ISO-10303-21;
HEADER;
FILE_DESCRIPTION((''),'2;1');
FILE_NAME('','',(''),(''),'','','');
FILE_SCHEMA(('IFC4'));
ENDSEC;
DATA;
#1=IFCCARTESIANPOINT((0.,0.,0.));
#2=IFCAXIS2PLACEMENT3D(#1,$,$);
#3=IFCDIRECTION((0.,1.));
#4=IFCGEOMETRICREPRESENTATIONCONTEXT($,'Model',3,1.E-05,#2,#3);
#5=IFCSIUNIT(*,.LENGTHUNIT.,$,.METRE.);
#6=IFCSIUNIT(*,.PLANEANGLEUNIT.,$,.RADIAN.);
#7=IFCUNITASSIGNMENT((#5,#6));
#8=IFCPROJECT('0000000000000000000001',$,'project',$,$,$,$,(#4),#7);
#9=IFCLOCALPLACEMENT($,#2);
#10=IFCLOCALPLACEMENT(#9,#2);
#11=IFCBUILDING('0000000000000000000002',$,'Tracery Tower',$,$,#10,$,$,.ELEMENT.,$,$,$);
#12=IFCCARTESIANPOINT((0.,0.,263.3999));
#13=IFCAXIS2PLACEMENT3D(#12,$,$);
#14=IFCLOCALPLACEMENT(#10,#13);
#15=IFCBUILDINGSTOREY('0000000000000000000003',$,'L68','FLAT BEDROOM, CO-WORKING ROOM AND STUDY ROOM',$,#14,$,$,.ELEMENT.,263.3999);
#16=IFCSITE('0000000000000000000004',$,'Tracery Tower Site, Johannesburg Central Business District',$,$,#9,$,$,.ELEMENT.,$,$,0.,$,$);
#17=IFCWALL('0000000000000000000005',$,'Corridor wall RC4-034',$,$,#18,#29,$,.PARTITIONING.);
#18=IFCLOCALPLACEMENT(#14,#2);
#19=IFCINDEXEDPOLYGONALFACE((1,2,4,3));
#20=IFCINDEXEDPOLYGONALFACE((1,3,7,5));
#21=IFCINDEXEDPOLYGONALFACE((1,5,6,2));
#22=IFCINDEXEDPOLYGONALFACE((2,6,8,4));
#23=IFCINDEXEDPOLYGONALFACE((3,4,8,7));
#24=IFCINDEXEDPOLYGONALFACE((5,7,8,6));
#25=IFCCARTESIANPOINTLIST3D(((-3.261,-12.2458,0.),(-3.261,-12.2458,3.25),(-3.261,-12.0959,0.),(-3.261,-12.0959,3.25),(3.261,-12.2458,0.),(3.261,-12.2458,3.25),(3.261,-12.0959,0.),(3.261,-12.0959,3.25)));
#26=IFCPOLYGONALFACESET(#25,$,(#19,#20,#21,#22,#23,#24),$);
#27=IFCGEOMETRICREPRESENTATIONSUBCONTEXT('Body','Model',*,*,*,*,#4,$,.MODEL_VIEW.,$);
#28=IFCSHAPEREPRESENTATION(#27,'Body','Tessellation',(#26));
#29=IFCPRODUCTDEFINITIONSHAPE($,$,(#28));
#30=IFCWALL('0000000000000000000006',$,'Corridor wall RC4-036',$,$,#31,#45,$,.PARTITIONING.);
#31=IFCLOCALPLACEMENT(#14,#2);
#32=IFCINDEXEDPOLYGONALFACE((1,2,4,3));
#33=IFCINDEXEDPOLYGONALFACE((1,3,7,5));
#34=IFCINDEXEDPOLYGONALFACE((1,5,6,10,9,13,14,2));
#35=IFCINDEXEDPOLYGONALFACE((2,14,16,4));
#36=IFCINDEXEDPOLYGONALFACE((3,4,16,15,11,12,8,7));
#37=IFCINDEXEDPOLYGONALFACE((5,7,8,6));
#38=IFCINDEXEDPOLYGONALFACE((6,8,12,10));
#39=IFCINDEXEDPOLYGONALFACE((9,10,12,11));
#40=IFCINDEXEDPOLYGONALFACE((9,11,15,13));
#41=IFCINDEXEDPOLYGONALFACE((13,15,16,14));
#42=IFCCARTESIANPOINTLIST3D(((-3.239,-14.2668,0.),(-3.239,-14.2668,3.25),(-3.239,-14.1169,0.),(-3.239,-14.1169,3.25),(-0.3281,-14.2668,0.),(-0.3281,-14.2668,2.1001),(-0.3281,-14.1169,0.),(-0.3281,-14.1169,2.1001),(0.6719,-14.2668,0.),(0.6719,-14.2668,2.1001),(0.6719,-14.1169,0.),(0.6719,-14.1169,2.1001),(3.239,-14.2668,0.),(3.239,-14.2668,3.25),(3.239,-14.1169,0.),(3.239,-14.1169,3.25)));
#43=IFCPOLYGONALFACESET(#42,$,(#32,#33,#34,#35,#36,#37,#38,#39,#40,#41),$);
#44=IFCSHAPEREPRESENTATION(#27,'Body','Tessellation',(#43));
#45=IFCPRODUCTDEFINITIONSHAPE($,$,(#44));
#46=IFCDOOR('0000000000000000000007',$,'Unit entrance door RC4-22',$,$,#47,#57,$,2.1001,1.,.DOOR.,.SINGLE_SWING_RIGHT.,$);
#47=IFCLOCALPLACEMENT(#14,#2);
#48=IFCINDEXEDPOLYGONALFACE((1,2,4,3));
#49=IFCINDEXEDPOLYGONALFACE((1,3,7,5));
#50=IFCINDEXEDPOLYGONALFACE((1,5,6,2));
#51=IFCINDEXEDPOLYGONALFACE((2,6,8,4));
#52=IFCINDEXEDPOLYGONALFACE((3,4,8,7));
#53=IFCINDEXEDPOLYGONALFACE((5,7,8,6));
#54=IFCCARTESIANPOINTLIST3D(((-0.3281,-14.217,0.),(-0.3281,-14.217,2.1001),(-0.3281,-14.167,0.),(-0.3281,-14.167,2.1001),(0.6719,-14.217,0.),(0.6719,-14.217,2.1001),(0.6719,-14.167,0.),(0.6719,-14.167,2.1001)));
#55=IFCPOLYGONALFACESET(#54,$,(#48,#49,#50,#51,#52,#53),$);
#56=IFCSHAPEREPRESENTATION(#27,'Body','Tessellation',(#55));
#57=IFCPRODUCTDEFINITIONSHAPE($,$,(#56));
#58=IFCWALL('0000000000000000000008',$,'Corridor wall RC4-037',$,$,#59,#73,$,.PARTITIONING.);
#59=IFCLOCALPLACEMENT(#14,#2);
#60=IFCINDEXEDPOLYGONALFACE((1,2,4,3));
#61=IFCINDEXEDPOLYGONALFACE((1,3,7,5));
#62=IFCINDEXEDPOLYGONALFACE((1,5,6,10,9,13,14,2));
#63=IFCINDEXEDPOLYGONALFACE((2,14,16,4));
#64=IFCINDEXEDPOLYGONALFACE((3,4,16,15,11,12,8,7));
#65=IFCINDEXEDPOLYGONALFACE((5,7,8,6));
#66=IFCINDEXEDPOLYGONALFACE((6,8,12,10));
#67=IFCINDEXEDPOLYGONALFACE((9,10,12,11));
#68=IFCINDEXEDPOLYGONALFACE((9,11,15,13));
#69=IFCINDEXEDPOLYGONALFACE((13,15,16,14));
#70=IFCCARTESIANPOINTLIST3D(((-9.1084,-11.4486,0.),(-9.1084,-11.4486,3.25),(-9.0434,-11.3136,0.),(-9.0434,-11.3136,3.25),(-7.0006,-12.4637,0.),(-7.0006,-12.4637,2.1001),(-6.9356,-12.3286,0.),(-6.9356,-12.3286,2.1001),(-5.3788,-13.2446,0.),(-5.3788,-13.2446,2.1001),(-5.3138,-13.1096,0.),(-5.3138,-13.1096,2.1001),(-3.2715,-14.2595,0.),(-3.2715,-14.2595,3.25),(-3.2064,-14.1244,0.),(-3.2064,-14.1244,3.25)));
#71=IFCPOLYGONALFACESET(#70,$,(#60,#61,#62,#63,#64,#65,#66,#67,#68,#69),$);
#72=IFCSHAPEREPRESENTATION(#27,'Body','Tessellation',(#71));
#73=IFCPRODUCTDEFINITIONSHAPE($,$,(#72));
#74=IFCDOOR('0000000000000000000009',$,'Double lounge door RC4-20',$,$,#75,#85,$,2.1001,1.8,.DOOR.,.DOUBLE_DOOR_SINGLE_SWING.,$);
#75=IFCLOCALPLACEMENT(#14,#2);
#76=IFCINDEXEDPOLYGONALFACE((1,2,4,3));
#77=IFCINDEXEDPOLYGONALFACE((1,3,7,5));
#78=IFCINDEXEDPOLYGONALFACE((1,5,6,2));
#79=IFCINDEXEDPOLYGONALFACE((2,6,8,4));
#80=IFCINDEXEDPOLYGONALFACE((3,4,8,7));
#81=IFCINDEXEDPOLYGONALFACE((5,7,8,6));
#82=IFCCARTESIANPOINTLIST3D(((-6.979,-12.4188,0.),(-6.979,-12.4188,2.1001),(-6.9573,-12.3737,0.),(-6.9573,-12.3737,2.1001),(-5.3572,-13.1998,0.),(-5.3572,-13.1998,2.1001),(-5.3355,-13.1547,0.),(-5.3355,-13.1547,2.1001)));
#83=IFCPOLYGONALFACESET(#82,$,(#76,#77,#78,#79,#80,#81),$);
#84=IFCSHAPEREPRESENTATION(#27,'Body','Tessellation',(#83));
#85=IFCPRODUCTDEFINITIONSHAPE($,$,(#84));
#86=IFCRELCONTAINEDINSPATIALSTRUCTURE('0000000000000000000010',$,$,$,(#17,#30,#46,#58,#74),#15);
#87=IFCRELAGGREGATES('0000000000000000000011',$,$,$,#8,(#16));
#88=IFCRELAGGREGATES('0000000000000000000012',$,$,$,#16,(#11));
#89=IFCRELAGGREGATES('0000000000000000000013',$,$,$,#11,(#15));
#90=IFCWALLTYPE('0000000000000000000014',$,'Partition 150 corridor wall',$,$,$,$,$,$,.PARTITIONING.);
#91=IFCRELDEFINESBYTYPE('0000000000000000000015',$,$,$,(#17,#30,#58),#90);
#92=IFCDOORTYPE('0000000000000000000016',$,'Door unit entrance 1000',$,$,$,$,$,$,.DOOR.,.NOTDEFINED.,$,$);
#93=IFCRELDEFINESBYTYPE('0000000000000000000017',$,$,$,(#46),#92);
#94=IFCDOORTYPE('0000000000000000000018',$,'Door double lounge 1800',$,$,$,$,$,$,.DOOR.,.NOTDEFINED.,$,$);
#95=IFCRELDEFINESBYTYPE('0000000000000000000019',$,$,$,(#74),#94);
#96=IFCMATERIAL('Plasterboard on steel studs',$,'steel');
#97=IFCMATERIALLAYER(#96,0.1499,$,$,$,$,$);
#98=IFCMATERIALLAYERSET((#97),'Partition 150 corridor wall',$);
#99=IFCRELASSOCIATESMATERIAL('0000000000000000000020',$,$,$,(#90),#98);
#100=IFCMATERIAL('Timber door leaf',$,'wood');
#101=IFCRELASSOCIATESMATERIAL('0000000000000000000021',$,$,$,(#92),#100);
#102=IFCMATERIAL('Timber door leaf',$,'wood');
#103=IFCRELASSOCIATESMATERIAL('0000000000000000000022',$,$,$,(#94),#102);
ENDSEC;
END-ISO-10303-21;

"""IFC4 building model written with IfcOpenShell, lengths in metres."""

from ifc_helpers import new_model, si_unit, direction, frame, frame_2d, origin, place, context, subcontext, project, spatial, rectangle, extrude, material, layer, layer_set, type_object, element, fill, save


model = new_model("IFC4")

# Units and contexts
model_context = context("Model", 3, precision=1e-05, world=origin(), true_north=direction((0.0, 1.0)))
body_context = subcontext(model_context, "Body", "Model", "MODEL_VIEW")
ifc_project = project(units=[si_unit("LENGTHUNIT", "METRE"), si_unit("PLANEANGLEUNIT", "RADIAN")], contexts=[model_context])

# Site, building, storey
site_placement = place(None, origin())
site = spatial("IfcSite", under=ifc_project, at=site_placement, Name="Tracery Tower Site, Johannesburg Central Business District", CompositionType="ELEMENT", RefElevation=0.0)
building_placement = place(site_placement, origin())
building = spatial("IfcBuilding", under=site, at=building_placement, Name="Tracery Tower", CompositionType="ELEMENT")
storey_placement = place(building_placement, frame((0.0, 0.0, 263.3999)))
storey = spatial("IfcBuildingStorey", under=building, at=storey_placement, Name="L68", Description="FLAT BEDROOM, CO-WORKING ROOM AND STUDY ROOM", CompositionType="ELEMENT", Elevation=263.3999)

# Shared definitions
ifc_material_1 = material(Name="Plasterboard on steel studs", Category="steel")
ifc_layer_1 = layer(ifc_material_1, 0.1499)
ifc_layer_set_1 = layer_set([ifc_layer_1], Name="Partition 150 corridor wall")
wall_type_1 = type_object("IfcWallType", Name="Partition 150 corridor wall", PredefinedType="PARTITIONING", material=ifc_layer_set_1)

# Wall
wall_1_placement = place(storey_placement, frame((-3.261, -12.1709, 0.0), z_axis=(0.0, 0.0, 1.0), x_axis=(1.0, 0.0, 0.0)))
element("IfcWall", 1, at=wall_1_placement, inside=storey, type_object=wall_type_1, Name="Corridor wall RC4-034", PredefinedType="PARTITIONING", context=body_context, shape_type="SweptSolid", body=[
    extrude(rectangle(XDim=6.522, YDim=0.1499, at=frame_2d((3.261, 0.0))), origin(), (0.0, 0.0, 1.0), 3.25),
])

# Walls, openings, doors
wall_2_placement = place(storey_placement, frame((-3.239, -14.1919, 0.0), z_axis=(0.0, 0.0, 1.0), x_axis=(1.0, 0.0, 0.0)))
wall_2 = element("IfcWall", 2, at=wall_2_placement, inside=storey, type_object=wall_type_1, Name="Corridor wall RC4-036", PredefinedType="PARTITIONING", context=body_context, shape_type="SweptSolid", body=[
    extrude(rectangle(XDim=6.478, YDim=0.1499, at=frame_2d((3.239, 0.0))), origin(), (0.0, 0.0, 1.0), 3.25),
])
opening_1_placement = place(wall_2_placement, frame((2.9109, 0.0, 0.0)))
opening_1 = element("IfcOpeningElement", 3, at=opening_1_placement, cuts=wall_2, PredefinedType="OPENING", context=body_context, shape_type="SweptSolid", body=[
    extrude(rectangle(XDim=1.0, YDim=2.1001, at=frame_2d((0.5, 1.05))), frame((0.0, 0.075, 0.0), z_axis=(0.0, -1.0, 0.0), x_axis=(1.0, 0.0, 0.0)), (0.0, 0.0, 1.0), 0.1499),
])
ifc_material_2 = material(Name="Timber door leaf", Category="wood")
door_type_1 = type_object("IfcDoorType", Name="Door unit entrance 1000", OperationType="NOTDEFINED", PredefinedType="DOOR", material=ifc_material_2)
door_1_placement = place(opening_1_placement, origin())
door_1 = element("IfcDoor", 4, at=door_1_placement, inside=storey, type_object=door_type_1, Name="Unit entrance door RC4-22", OperationType="SINGLE_SWING_RIGHT", OverallHeight=2.1001, OverallWidth=1.0, PredefinedType="DOOR", context=body_context, shape_type="SweptSolid", body=[
    extrude(rectangle(XDim=1.0, YDim=2.1001, at=frame_2d((0.5, 1.05))), frame((0.0, 0.0249, 0.0), z_axis=(0.0, -1.0, 0.0), x_axis=(1.0, 0.0, 0.0)), (0.0, 0.0, 1.0), 0.05),
])
fill(opening_1, door_1)
wall_3_placement = place(storey_placement, frame((-9.0759, -11.3811, 0.0), z_axis=(0.0, 0.0, 1.0), x_axis=(0.900976, -0.433869, 0.0)))
wall_3 = element("IfcWall", 5, at=wall_3_placement, inside=storey, type_object=wall_type_1, Name="Corridor wall RC4-037", PredefinedType="PARTITIONING", context=body_context, shape_type="SweptSolid", body=[
    extrude(rectangle(XDim=6.4785, YDim=0.1499, at=frame_2d((3.2393, 0.0))), origin(), (0.0, 0.0, 1.0), 3.25),
])
opening_2_placement = place(wall_3_placement, frame((2.3396, 0.0, 0.0)))
opening_2 = element("IfcOpeningElement", 6, at=opening_2_placement, cuts=wall_3, PredefinedType="OPENING", context=body_context, shape_type="SweptSolid", body=[
    extrude(rectangle(XDim=1.8, YDim=2.1001, at=frame_2d((0.8999, 1.05))), frame((0.0, 0.075, 0.0), z_axis=(0.0, -1.0, 0.0), x_axis=(1.0, 0.0, 0.0)), (0.0, 0.0, 1.0), 0.1499),
])
ifc_material_3 = material(Name="Timber door leaf", Category="wood")
door_type_2 = type_object("IfcDoorType", Name="Door double lounge 1800", OperationType="NOTDEFINED", PredefinedType="DOOR", material=ifc_material_3)
door_2_placement = place(opening_2_placement, origin())
door_2 = element("IfcDoor", 7, at=door_2_placement, inside=storey, type_object=door_type_2, Name="Double lounge door RC4-20", OperationType="DOUBLE_DOOR_SINGLE_SWING", OverallHeight=2.1001, OverallWidth=1.8, PredefinedType="DOOR", context=body_context, shape_type="SweptSolid", body=[
    extrude(rectangle(XDim=1.8, YDim=2.1001, at=frame_2d((0.8999, 1.05))), frame((0.0, 0.0249, 0.0), z_axis=(0.0, -1.0, 0.0), x_axis=(1.0, 0.0, 0.0)), (0.0, 0.0, 1.0), 0.05),
])
fill(opening_2, door_2)

save(model, "model.ifc")
